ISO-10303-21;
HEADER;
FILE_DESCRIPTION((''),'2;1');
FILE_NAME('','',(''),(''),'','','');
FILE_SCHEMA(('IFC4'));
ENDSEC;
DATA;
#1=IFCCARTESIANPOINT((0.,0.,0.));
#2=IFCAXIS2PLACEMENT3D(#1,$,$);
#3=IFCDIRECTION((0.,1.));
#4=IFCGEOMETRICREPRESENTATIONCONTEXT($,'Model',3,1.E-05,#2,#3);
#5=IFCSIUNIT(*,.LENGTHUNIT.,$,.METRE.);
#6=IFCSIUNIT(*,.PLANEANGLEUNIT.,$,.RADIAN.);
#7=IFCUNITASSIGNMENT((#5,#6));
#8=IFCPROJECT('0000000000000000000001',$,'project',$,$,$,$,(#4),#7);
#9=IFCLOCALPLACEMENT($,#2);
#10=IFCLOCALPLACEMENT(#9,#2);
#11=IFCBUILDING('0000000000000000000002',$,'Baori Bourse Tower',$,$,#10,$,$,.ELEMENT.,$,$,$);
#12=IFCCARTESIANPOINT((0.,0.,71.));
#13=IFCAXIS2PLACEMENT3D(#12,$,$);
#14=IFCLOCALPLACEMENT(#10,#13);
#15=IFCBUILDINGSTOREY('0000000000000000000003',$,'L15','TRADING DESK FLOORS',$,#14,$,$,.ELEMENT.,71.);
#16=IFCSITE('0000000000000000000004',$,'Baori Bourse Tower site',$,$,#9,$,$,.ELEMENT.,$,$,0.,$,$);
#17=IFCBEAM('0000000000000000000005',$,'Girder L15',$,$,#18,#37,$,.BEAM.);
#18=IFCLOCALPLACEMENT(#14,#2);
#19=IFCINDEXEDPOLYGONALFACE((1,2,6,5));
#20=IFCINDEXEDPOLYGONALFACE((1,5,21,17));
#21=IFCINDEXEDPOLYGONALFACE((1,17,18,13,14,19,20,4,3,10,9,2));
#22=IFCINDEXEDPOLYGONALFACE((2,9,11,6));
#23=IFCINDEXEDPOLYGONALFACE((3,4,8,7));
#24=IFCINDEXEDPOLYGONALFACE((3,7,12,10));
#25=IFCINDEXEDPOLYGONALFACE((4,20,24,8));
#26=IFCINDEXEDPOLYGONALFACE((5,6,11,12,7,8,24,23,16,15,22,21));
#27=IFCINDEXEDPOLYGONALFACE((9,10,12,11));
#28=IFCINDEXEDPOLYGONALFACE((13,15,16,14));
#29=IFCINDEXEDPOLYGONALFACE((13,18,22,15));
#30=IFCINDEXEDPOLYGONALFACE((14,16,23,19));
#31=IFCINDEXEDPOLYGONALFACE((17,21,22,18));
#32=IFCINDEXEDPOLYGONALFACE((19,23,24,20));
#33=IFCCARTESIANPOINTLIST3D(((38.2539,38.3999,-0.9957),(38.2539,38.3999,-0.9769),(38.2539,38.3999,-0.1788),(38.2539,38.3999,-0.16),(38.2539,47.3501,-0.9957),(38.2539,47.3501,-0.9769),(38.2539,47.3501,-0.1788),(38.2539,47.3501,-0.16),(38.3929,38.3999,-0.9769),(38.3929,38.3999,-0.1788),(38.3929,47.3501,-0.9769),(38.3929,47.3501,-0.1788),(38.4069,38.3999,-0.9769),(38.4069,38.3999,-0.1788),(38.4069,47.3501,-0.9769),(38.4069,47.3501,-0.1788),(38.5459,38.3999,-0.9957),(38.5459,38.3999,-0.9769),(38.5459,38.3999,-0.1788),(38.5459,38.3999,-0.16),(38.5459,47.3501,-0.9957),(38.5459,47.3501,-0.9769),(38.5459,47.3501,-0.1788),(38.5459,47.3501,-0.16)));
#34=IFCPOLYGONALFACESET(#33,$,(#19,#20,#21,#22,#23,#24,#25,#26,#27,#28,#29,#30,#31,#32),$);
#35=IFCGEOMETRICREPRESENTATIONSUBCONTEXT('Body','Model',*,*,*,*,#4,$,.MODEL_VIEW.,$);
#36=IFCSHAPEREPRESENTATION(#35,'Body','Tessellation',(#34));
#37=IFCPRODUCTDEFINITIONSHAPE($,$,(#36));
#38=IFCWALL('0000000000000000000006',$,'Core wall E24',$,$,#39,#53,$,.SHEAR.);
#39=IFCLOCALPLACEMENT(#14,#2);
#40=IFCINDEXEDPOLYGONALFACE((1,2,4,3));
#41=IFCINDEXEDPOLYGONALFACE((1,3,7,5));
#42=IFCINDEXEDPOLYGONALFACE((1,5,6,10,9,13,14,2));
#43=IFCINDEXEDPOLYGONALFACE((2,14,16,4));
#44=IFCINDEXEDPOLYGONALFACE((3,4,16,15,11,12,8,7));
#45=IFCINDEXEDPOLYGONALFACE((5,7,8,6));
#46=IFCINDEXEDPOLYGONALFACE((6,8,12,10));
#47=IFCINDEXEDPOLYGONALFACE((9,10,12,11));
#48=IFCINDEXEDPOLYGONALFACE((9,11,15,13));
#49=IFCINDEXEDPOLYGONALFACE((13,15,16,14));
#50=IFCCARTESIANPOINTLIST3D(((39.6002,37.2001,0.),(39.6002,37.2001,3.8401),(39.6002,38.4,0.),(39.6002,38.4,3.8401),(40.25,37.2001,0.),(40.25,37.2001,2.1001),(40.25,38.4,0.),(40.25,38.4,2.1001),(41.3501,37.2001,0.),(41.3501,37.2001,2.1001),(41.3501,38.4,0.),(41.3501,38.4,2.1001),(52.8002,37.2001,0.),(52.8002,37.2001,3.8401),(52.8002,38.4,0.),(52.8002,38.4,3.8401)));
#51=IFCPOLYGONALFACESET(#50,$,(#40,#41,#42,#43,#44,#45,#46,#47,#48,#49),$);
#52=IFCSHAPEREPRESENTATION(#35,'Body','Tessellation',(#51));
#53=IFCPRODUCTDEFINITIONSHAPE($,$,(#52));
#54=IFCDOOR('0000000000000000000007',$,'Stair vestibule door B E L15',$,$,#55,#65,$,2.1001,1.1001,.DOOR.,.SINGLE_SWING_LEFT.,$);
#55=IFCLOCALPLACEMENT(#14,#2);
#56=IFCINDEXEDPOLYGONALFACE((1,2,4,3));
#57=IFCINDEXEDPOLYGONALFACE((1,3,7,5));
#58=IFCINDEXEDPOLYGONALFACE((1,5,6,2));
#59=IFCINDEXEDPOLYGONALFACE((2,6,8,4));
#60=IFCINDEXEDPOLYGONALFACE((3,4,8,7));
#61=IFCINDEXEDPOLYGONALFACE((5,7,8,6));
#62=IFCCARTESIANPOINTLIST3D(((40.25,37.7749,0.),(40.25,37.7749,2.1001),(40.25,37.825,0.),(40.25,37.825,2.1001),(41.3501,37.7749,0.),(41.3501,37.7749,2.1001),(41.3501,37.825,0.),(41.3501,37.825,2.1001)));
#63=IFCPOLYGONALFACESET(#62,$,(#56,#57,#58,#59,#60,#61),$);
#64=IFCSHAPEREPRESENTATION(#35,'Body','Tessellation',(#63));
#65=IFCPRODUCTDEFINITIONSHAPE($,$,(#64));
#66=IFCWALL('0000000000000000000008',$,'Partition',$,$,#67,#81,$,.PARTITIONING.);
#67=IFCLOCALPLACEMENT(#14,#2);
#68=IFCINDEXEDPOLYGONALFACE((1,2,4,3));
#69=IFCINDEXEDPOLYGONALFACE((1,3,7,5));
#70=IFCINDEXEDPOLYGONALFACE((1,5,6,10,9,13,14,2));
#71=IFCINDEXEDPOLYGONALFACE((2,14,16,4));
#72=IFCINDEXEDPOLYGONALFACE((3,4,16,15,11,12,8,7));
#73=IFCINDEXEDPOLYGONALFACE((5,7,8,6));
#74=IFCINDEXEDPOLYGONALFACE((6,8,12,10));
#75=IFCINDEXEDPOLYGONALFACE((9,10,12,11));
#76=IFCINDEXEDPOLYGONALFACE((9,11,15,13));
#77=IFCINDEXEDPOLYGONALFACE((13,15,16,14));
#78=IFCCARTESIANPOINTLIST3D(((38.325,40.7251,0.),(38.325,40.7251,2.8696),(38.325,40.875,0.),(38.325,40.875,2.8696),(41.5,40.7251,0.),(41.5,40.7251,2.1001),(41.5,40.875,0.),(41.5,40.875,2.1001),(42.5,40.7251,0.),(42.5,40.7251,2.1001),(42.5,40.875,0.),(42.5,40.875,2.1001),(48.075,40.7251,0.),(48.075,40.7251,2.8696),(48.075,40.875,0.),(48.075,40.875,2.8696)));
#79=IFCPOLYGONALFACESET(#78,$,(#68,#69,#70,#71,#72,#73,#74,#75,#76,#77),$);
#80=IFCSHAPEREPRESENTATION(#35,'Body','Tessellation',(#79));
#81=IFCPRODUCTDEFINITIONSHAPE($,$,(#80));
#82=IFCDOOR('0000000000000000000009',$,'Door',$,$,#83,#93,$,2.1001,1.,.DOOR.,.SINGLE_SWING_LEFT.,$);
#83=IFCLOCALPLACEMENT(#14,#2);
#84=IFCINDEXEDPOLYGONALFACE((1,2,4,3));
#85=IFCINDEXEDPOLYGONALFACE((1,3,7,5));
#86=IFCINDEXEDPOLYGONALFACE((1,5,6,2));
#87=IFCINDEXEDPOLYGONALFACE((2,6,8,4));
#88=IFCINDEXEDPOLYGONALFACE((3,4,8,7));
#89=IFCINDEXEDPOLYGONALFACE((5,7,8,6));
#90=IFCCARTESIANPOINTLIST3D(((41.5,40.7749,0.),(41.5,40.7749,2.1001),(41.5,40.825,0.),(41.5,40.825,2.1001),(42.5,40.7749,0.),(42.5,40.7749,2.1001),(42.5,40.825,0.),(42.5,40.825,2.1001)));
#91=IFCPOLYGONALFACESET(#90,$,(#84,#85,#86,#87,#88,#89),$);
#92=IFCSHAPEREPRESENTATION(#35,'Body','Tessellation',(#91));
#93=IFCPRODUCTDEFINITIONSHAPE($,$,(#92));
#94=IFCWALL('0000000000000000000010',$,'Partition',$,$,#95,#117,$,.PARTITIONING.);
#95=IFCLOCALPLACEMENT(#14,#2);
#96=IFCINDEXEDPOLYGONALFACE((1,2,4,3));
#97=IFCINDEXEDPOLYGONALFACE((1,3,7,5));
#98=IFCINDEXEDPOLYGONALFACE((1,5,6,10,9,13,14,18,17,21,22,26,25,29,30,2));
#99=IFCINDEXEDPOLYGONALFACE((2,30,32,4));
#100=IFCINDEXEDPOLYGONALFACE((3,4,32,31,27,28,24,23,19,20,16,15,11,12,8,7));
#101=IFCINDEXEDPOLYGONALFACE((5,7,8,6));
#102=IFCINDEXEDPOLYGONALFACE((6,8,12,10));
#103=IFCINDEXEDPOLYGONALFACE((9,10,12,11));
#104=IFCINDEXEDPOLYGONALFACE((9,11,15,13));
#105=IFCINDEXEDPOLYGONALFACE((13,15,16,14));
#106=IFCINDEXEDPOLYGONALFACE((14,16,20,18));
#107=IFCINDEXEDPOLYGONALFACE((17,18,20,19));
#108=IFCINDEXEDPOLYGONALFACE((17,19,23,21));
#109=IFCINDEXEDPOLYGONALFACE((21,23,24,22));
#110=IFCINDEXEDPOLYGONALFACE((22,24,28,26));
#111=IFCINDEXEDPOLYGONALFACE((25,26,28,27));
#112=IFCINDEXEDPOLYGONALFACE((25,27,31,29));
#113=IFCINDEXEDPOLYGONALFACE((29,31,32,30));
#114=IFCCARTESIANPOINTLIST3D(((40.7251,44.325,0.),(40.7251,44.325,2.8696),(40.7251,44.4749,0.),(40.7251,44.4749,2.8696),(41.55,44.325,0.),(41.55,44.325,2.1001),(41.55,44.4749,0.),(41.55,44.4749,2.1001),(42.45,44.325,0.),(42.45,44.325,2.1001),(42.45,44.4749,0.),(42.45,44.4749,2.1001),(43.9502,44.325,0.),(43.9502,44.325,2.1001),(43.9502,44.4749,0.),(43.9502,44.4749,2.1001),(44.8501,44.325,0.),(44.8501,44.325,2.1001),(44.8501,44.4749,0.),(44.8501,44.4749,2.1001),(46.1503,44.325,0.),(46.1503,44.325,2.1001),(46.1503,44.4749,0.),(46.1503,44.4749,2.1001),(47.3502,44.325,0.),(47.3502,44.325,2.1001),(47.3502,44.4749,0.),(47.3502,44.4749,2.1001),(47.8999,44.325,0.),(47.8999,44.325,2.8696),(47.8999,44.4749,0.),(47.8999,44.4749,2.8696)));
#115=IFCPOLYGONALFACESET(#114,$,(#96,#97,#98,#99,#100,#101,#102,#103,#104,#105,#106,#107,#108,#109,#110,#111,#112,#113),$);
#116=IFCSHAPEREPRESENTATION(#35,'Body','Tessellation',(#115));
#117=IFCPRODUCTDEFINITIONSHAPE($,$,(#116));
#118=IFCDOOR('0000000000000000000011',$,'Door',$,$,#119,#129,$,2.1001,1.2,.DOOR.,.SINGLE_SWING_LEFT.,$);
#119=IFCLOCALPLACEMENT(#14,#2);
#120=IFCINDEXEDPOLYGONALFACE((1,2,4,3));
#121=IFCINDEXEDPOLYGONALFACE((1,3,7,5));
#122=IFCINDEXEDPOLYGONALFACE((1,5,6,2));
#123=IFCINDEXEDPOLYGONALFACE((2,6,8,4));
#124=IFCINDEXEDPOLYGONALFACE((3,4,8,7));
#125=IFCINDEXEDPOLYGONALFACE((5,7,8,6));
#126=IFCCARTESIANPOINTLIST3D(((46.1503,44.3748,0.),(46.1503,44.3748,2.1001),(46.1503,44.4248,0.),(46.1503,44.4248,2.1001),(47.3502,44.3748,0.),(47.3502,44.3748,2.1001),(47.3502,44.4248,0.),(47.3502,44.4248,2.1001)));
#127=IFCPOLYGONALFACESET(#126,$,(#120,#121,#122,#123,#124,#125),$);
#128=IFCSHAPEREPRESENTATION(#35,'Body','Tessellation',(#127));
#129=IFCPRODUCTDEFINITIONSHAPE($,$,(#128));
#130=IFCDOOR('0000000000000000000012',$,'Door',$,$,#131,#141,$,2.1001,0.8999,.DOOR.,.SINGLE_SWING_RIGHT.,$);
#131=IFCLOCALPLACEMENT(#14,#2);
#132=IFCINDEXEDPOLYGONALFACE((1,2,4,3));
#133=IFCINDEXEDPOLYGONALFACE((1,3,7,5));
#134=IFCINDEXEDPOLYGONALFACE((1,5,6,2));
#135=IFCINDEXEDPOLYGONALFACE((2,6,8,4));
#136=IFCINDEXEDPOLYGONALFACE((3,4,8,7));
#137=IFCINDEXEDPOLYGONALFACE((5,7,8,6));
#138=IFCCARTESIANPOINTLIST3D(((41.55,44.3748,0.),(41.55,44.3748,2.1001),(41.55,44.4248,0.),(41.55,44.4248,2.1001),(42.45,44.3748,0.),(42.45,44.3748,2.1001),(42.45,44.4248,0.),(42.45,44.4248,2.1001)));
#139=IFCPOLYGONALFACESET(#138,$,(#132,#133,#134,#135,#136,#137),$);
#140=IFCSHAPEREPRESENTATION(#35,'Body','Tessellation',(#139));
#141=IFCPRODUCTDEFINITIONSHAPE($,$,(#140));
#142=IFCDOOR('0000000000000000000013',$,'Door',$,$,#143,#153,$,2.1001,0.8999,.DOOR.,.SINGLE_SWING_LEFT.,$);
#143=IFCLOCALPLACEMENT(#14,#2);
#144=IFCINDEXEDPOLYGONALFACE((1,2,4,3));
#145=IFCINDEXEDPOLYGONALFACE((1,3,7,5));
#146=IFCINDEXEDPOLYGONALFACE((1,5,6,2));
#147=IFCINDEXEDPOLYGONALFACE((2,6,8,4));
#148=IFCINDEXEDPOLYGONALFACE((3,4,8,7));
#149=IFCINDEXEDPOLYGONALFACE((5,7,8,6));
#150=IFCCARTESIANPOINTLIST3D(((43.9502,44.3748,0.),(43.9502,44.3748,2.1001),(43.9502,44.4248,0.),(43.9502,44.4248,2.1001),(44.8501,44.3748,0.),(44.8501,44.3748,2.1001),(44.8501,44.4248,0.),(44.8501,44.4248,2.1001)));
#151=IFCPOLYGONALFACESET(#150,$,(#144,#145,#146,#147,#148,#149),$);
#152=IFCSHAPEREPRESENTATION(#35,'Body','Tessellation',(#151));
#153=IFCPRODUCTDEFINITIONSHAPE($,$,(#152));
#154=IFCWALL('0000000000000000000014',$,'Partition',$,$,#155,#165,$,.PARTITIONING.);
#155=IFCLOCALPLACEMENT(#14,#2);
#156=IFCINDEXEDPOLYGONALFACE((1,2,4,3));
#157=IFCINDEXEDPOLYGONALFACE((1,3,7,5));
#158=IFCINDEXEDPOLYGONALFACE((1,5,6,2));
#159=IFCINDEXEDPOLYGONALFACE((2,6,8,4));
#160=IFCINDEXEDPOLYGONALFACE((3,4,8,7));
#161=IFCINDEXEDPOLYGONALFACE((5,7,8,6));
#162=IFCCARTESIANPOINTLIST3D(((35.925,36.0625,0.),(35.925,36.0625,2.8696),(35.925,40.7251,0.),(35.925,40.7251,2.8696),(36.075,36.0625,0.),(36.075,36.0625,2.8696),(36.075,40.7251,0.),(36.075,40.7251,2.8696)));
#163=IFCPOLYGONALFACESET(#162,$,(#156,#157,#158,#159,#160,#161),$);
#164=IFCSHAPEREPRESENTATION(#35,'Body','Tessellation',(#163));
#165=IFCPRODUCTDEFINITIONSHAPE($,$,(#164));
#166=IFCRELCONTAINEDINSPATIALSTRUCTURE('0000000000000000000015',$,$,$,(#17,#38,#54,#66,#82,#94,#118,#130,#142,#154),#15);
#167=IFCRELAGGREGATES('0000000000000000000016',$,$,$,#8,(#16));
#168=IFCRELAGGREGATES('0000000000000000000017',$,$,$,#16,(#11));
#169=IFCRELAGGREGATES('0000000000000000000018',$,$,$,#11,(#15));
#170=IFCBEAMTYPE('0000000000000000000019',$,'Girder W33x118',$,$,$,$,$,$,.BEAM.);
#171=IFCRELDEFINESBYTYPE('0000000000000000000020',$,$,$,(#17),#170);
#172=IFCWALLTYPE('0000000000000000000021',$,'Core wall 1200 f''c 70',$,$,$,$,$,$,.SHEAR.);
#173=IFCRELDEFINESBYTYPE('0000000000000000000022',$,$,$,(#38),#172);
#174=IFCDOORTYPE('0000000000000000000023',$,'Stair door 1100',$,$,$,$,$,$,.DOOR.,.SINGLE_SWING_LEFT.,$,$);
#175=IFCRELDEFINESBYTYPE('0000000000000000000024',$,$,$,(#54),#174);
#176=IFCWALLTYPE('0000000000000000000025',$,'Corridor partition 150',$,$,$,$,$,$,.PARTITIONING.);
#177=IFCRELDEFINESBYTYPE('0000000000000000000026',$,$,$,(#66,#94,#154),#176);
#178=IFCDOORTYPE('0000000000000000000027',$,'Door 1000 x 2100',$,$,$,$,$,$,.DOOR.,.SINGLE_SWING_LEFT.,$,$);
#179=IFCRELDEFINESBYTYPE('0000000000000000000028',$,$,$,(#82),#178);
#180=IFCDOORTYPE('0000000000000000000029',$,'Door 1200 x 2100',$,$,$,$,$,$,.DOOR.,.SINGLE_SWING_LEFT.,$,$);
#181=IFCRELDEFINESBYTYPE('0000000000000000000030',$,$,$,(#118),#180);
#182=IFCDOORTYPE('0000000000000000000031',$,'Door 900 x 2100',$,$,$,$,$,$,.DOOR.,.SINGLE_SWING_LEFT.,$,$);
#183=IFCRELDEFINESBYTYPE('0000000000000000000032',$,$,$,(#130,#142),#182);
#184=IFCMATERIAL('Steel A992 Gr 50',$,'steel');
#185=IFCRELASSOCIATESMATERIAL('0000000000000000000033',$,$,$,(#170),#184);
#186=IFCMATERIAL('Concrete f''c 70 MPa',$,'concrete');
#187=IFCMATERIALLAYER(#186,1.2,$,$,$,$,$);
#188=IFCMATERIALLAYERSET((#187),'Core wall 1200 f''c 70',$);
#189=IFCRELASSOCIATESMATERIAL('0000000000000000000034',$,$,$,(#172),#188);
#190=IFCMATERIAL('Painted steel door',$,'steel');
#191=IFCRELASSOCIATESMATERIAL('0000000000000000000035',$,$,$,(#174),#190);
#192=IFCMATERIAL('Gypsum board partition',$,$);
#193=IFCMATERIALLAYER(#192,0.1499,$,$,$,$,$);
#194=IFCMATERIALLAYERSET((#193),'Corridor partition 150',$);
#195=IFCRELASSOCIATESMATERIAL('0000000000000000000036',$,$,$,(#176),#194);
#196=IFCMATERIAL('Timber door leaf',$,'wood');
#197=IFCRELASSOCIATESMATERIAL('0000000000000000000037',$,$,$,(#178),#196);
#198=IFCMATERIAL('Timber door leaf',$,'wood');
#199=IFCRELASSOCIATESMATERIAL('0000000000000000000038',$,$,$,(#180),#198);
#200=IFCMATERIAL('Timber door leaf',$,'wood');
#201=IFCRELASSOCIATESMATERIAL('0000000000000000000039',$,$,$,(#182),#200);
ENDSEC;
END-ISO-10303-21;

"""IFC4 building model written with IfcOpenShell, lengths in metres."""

from ifc_helpers import new_model, si_unit, direction, frame, frame_2d, origin, origin_2d, place, context, subcontext, project, spatial, rectangle, i_section, extrude, material, layer, layer_set, material_profile, profile_set, type_object, element, fill, save


model = new_model("IFC4")

# Units and contexts
model_context = context("Model", 3, precision=1e-05, world=origin(), true_north=direction((0.0, 1.0)))
body_context = subcontext(model_context, "Body", "Model", "MODEL_VIEW")
ifc_project = project(units=[si_unit("LENGTHUNIT", "METRE"), si_unit("PLANEANGLEUNIT", "RADIAN")], contexts=[model_context])

# Site, building, storey
site_placement = place(None, origin())
site = spatial("IfcSite", under=ifc_project, at=site_placement, Name="Baori Bourse Tower site", CompositionType="ELEMENT", RefElevation=0.0)
building_placement = place(site_placement, origin())
building = spatial("IfcBuilding", under=site, at=building_placement, Name="Baori Bourse Tower", CompositionType="ELEMENT")
storey_placement = place(building_placement, frame((0.0, 0.0, 71.0)))
storey = spatial("IfcBuildingStorey", under=building, at=storey_placement, Name="L15", Description="TRADING DESK FLOORS", CompositionType="ELEMENT", Elevation=71.0)

# Beam
ifc_material_1 = material(Name="Steel A992 Gr 50", Category="steel")
ifc_material_profile = material_profile(ifc_material_1, i_section(OverallWidth=0.292, OverallDepth=0.8357, WebThickness=0.0139, FlangeThickness=0.0188, at=origin_2d()), Name="W33x118")
ifc_profile_set = profile_set([ifc_material_profile], Name="Steel A992 Gr 50")
beam_type = type_object("IfcBeamType", Name="Girder W33x118", PredefinedType="BEAM", material=ifc_profile_set)
beam_placement = place(storey_placement, frame((38.3999, 38.3999, -0.5779), z_axis=(0.0, 1.0, 0.0), x_axis=(-1.0, 0.0, 0.0)))
element("IfcBeam", 1, at=beam_placement, inside=storey, type_object=beam_type, Name="Girder L15", PredefinedType="BEAM", context=body_context, shape_type="SweptSolid", body=[
    extrude(i_section(OverallWidth=0.292, OverallDepth=0.8357, WebThickness=0.0139, FlangeThickness=0.0188, at=origin_2d()), origin(), (0.0, 0.0, 1.0), 8.9502),
])

# Walls, openings, doors
ifc_material_2 = material(Name="Concrete f'c 70 MPa", Category="concrete")
ifc_layer_1 = layer(ifc_material_2, 1.2)
ifc_layer_set_1 = layer_set([ifc_layer_1], Name="Core wall 1200 f'c 70")
wall_type_1 = type_object("IfcWallType", Name="Core wall 1200 f'c 70", PredefinedType="SHEAR", material=ifc_layer_set_1)
wall_1_placement = place(storey_placement, frame((39.6001, 37.8, 0.0), z_axis=(0.0, 0.0, 1.0), x_axis=(1.0, 0.0, 0.0)))
wall_1 = element("IfcWall", 2, at=wall_1_placement, inside=storey, type_object=wall_type_1, Name="Core wall E24", PredefinedType="SHEAR", context=body_context, shape_type="SweptSolid", body=[
    extrude(rectangle(XDim=13.2, YDim=1.2, at=frame_2d((6.6001, 0.0))), origin(), (0.0, 0.0, 1.0), 3.8401),
])
opening_1_placement = place(wall_1_placement, frame((0.6499, 0.0, 0.0)))
opening_1 = element("IfcOpeningElement", 3, at=opening_1_placement, cuts=wall_1, PredefinedType="OPENING", context=body_context, shape_type="SweptSolid", body=[
    extrude(rectangle(XDim=1.1001, YDim=2.1001, at=frame_2d((0.55, 1.05))), frame((0.0, 0.6099, 0.0), z_axis=(0.0, -1.0, 0.0), x_axis=(1.0, 0.0, 0.0)), (0.0, 0.0, 1.0), 1.22),
])
ifc_material_3 = material(Name="Painted steel door", Category="steel")
door_type_1 = type_object("IfcDoorType", Name="Stair door 1100", OperationType="SINGLE_SWING_LEFT", PredefinedType="DOOR", material=ifc_material_3)
door_1_placement = place(opening_1_placement, origin())
door_1 = element("IfcDoor", 4, at=door_1_placement, inside=storey, type_object=door_type_1, Name="Stair vestibule door B E L15", OperationType="SINGLE_SWING_LEFT", OverallHeight=2.1001, OverallWidth=1.1001, PredefinedType="DOOR", context=body_context, shape_type="SweptSolid", body=[
    extrude(rectangle(XDim=1.1001, YDim=2.1001, at=frame_2d((0.55, 1.05))), frame((0.0, 0.0249, 0.0), z_axis=(0.0, -1.0, 0.0), x_axis=(1.0, 0.0, 0.0)), (0.0, 0.0, 1.0), 0.05),
])
fill(opening_1, door_1)
ifc_material_4 = material(Name="Gypsum board partition")
ifc_layer_2 = layer(ifc_material_4, 0.1499)
ifc_layer_set_2 = layer_set([ifc_layer_2], Name="Corridor partition 150")
wall_type_2 = type_object("IfcWallType", Name="Corridor partition 150", PredefinedType="PARTITIONING", material=ifc_layer_set_2)
wall_2_placement = place(storey_placement, frame((38.325, 40.8, 0.0), z_axis=(0.0, 0.0, 1.0), x_axis=(1.0, 0.0, 0.0)))
wall_2 = element("IfcWall", 5, at=wall_2_placement, inside=storey, type_object=wall_type_2, Name="Partition", PredefinedType="PARTITIONING", context=body_context, shape_type="SweptSolid", body=[
    extrude(rectangle(XDim=9.75, YDim=0.1499, at=frame_2d((4.875, 0.0))), origin(), (0.0, 0.0, 1.0), 2.8696),
])
opening_2_placement = place(wall_2_placement, frame((3.175, 0.0, 0.0)))
opening_2 = element("IfcOpeningElement", 6, at=opening_2_placement, cuts=wall_2, PredefinedType="OPENING", context=body_context, shape_type="SweptSolid", body=[
    extrude(rectangle(XDim=1.0, YDim=2.1001, at=frame_2d((0.5, 1.05))), frame((0.0, 0.085, 0.0), z_axis=(0.0, -1.0, 0.0), x_axis=(1.0, 0.0, 0.0)), (0.0, 0.0, 1.0), 0.1699),
])
ifc_material_5 = material(Name="Timber door leaf", Category="wood")
door_type_2 = type_object("IfcDoorType", Name="Door 1000 x 2100", OperationType="SINGLE_SWING_LEFT", PredefinedType="DOOR", material=ifc_material_5)
door_2_placement = place(opening_2_placement, origin())
door_2 = element("IfcDoor", 7, at=door_2_placement, inside=storey, type_object=door_type_2, Name="Door", OperationType="SINGLE_SWING_LEFT", OverallHeight=2.1001, OverallWidth=1.0, PredefinedType="DOOR", context=body_context, shape_type="SweptSolid", body=[
    extrude(rectangle(XDim=1.0, YDim=2.1001, at=frame_2d((0.5, 1.05))), frame((0.0, 0.0249, 0.0), z_axis=(0.0, -1.0, 0.0), x_axis=(1.0, 0.0, 0.0)), (0.0, 0.0, 1.0), 0.05),
])
fill(opening_2, door_2)

# Wall, openings, doors
wall_3_placement = place(storey_placement, frame((40.7251, 44.3999, 0.0), z_axis=(0.0, 0.0, 1.0), x_axis=(1.0, 0.0, 0.0)))
wall_3 = element("IfcWall", 8, at=wall_3_placement, inside=storey, type_object=wall_type_2, Name="Partition", PredefinedType="PARTITIONING", context=body_context, shape_type="SweptSolid", body=[
    extrude(rectangle(XDim=7.1748, YDim=0.1499, at=frame_2d((3.5874, 0.0))), origin(), (0.0, 0.0, 1.0), 2.8696),
])
opening_3_placement = place(wall_3_placement, frame((0.825, 0.0, 0.0)))
opening_3 = element("IfcOpeningElement", 9, at=opening_3_placement, cuts=wall_3, PredefinedType="OPENING", context=body_context, shape_type="SweptSolid", body=[
    extrude(rectangle(XDim=0.8999, YDim=2.1001, at=frame_2d((0.45, 1.05))), frame((0.0, 0.085, 0.0), z_axis=(0.0, -1.0, 0.0), x_axis=(1.0, 0.0, 0.0)), (0.0, 0.0, 1.0), 0.1699),
])
opening_4_placement = place(wall_3_placement, frame((3.2251, 0.0, 0.0)))
opening_4 = element("IfcOpeningElement", 10, at=opening_4_placement, cuts=wall_3, PredefinedType="OPENING", context=body_context, shape_type="SweptSolid", body=[
    extrude(rectangle(XDim=0.8999, YDim=2.1001, at=frame_2d((0.45, 1.05))), frame((0.0, 0.085, 0.0), z_axis=(0.0, -1.0, 0.0), x_axis=(1.0, 0.0, 0.0)), (0.0, 0.0, 1.0), 0.1699),
])
opening_5_placement = place(wall_3_placement, frame((5.425, 0.0, 0.0)))
opening_5 = element("IfcOpeningElement", 11, at=opening_5_placement, cuts=wall_3, PredefinedType="OPENING", context=body_context, shape_type="SweptSolid", body=[
    extrude(rectangle(XDim=1.2, YDim=2.1001, at=frame_2d((0.6001, 1.05))), frame((0.0, 0.085, 0.0), z_axis=(0.0, -1.0, 0.0), x_axis=(1.0, 0.0, 0.0)), (0.0, 0.0, 1.0), 0.1699),
])
ifc_material_6 = material(Name="Timber door leaf", Category="wood")
door_type_3 = type_object("IfcDoorType", Name="Door 1200 x 2100", OperationType="SINGLE_SWING_LEFT", PredefinedType="DOOR", material=ifc_material_6)
door_3_placement = place(opening_5_placement, origin())
door_3 = element("IfcDoor", 12, at=door_3_placement, inside=storey, type_object=door_type_3, Name="Door", OperationType="SINGLE_SWING_LEFT", OverallHeight=2.1001, OverallWidth=1.2, PredefinedType="DOOR", context=body_context, shape_type="SweptSolid", body=[
    extrude(rectangle(XDim=1.2, YDim=2.1001, at=frame_2d((0.6001, 1.05))), frame((0.0, 0.0249, 0.0), z_axis=(0.0, -1.0, 0.0), x_axis=(1.0, 0.0, 0.0)), (0.0, 0.0, 1.0), 0.05),
])
fill(opening_5, door_3)
ifc_material_7 = material(Name="Timber door leaf", Category="wood")
door_type_4 = type_object("IfcDoorType", Name="Door 900 x 2100", OperationType="SINGLE_SWING_LEFT", PredefinedType="DOOR", material=ifc_material_7)
door_4_placement = place(opening_3_placement, origin())
door_4 = element("IfcDoor", 13, at=door_4_placement, inside=storey, type_object=door_type_4, Name="Door", OperationType="SINGLE_SWING_RIGHT", OverallHeight=2.1001, OverallWidth=0.8999, PredefinedType="DOOR", context=body_context, shape_type="SweptSolid", body=[
    extrude(rectangle(XDim=0.8999, YDim=2.1001, at=frame_2d((0.45, 1.05))), frame((0.0, 0.0249, 0.0), z_axis=(0.0, -1.0, 0.0), x_axis=(1.0, 0.0, 0.0)), (0.0, 0.0, 1.0), 0.05),
])
fill(opening_3, door_4)
door_5_placement = place(opening_4_placement, origin())
door_5 = element("IfcDoor", 14, at=door_5_placement, inside=storey, type_object=door_type_4, Name="Door", OperationType="SINGLE_SWING_LEFT", OverallHeight=2.1001, OverallWidth=0.8999, PredefinedType="DOOR", context=body_context, shape_type="SweptSolid", body=[
    extrude(rectangle(XDim=0.8999, YDim=2.1001, at=frame_2d((0.45, 1.05))), frame((0.0, 0.0249, 0.0), z_axis=(0.0, -1.0, 0.0), x_axis=(1.0, 0.0, 0.0)), (0.0, 0.0, 1.0), 0.05),
])
fill(opening_4, door_5)

# Wall
wall_4_placement = place(storey_placement, frame((36.0, 36.0625, 0.0), z_axis=(0.0, 0.0, 1.0), x_axis=(0.0, 1.0, 0.0)))
element("IfcWall", 15, at=wall_4_placement, inside=storey, type_object=wall_type_2, Name="Partition", PredefinedType="PARTITIONING", context=body_context, shape_type="SweptSolid", body=[
    extrude(rectangle(XDim=4.6626, YDim=0.1499, at=frame_2d((2.3313, 0.0))), origin(), (0.0, 0.0, 1.0), 2.8696),
])

save(model, "model.ifc")
